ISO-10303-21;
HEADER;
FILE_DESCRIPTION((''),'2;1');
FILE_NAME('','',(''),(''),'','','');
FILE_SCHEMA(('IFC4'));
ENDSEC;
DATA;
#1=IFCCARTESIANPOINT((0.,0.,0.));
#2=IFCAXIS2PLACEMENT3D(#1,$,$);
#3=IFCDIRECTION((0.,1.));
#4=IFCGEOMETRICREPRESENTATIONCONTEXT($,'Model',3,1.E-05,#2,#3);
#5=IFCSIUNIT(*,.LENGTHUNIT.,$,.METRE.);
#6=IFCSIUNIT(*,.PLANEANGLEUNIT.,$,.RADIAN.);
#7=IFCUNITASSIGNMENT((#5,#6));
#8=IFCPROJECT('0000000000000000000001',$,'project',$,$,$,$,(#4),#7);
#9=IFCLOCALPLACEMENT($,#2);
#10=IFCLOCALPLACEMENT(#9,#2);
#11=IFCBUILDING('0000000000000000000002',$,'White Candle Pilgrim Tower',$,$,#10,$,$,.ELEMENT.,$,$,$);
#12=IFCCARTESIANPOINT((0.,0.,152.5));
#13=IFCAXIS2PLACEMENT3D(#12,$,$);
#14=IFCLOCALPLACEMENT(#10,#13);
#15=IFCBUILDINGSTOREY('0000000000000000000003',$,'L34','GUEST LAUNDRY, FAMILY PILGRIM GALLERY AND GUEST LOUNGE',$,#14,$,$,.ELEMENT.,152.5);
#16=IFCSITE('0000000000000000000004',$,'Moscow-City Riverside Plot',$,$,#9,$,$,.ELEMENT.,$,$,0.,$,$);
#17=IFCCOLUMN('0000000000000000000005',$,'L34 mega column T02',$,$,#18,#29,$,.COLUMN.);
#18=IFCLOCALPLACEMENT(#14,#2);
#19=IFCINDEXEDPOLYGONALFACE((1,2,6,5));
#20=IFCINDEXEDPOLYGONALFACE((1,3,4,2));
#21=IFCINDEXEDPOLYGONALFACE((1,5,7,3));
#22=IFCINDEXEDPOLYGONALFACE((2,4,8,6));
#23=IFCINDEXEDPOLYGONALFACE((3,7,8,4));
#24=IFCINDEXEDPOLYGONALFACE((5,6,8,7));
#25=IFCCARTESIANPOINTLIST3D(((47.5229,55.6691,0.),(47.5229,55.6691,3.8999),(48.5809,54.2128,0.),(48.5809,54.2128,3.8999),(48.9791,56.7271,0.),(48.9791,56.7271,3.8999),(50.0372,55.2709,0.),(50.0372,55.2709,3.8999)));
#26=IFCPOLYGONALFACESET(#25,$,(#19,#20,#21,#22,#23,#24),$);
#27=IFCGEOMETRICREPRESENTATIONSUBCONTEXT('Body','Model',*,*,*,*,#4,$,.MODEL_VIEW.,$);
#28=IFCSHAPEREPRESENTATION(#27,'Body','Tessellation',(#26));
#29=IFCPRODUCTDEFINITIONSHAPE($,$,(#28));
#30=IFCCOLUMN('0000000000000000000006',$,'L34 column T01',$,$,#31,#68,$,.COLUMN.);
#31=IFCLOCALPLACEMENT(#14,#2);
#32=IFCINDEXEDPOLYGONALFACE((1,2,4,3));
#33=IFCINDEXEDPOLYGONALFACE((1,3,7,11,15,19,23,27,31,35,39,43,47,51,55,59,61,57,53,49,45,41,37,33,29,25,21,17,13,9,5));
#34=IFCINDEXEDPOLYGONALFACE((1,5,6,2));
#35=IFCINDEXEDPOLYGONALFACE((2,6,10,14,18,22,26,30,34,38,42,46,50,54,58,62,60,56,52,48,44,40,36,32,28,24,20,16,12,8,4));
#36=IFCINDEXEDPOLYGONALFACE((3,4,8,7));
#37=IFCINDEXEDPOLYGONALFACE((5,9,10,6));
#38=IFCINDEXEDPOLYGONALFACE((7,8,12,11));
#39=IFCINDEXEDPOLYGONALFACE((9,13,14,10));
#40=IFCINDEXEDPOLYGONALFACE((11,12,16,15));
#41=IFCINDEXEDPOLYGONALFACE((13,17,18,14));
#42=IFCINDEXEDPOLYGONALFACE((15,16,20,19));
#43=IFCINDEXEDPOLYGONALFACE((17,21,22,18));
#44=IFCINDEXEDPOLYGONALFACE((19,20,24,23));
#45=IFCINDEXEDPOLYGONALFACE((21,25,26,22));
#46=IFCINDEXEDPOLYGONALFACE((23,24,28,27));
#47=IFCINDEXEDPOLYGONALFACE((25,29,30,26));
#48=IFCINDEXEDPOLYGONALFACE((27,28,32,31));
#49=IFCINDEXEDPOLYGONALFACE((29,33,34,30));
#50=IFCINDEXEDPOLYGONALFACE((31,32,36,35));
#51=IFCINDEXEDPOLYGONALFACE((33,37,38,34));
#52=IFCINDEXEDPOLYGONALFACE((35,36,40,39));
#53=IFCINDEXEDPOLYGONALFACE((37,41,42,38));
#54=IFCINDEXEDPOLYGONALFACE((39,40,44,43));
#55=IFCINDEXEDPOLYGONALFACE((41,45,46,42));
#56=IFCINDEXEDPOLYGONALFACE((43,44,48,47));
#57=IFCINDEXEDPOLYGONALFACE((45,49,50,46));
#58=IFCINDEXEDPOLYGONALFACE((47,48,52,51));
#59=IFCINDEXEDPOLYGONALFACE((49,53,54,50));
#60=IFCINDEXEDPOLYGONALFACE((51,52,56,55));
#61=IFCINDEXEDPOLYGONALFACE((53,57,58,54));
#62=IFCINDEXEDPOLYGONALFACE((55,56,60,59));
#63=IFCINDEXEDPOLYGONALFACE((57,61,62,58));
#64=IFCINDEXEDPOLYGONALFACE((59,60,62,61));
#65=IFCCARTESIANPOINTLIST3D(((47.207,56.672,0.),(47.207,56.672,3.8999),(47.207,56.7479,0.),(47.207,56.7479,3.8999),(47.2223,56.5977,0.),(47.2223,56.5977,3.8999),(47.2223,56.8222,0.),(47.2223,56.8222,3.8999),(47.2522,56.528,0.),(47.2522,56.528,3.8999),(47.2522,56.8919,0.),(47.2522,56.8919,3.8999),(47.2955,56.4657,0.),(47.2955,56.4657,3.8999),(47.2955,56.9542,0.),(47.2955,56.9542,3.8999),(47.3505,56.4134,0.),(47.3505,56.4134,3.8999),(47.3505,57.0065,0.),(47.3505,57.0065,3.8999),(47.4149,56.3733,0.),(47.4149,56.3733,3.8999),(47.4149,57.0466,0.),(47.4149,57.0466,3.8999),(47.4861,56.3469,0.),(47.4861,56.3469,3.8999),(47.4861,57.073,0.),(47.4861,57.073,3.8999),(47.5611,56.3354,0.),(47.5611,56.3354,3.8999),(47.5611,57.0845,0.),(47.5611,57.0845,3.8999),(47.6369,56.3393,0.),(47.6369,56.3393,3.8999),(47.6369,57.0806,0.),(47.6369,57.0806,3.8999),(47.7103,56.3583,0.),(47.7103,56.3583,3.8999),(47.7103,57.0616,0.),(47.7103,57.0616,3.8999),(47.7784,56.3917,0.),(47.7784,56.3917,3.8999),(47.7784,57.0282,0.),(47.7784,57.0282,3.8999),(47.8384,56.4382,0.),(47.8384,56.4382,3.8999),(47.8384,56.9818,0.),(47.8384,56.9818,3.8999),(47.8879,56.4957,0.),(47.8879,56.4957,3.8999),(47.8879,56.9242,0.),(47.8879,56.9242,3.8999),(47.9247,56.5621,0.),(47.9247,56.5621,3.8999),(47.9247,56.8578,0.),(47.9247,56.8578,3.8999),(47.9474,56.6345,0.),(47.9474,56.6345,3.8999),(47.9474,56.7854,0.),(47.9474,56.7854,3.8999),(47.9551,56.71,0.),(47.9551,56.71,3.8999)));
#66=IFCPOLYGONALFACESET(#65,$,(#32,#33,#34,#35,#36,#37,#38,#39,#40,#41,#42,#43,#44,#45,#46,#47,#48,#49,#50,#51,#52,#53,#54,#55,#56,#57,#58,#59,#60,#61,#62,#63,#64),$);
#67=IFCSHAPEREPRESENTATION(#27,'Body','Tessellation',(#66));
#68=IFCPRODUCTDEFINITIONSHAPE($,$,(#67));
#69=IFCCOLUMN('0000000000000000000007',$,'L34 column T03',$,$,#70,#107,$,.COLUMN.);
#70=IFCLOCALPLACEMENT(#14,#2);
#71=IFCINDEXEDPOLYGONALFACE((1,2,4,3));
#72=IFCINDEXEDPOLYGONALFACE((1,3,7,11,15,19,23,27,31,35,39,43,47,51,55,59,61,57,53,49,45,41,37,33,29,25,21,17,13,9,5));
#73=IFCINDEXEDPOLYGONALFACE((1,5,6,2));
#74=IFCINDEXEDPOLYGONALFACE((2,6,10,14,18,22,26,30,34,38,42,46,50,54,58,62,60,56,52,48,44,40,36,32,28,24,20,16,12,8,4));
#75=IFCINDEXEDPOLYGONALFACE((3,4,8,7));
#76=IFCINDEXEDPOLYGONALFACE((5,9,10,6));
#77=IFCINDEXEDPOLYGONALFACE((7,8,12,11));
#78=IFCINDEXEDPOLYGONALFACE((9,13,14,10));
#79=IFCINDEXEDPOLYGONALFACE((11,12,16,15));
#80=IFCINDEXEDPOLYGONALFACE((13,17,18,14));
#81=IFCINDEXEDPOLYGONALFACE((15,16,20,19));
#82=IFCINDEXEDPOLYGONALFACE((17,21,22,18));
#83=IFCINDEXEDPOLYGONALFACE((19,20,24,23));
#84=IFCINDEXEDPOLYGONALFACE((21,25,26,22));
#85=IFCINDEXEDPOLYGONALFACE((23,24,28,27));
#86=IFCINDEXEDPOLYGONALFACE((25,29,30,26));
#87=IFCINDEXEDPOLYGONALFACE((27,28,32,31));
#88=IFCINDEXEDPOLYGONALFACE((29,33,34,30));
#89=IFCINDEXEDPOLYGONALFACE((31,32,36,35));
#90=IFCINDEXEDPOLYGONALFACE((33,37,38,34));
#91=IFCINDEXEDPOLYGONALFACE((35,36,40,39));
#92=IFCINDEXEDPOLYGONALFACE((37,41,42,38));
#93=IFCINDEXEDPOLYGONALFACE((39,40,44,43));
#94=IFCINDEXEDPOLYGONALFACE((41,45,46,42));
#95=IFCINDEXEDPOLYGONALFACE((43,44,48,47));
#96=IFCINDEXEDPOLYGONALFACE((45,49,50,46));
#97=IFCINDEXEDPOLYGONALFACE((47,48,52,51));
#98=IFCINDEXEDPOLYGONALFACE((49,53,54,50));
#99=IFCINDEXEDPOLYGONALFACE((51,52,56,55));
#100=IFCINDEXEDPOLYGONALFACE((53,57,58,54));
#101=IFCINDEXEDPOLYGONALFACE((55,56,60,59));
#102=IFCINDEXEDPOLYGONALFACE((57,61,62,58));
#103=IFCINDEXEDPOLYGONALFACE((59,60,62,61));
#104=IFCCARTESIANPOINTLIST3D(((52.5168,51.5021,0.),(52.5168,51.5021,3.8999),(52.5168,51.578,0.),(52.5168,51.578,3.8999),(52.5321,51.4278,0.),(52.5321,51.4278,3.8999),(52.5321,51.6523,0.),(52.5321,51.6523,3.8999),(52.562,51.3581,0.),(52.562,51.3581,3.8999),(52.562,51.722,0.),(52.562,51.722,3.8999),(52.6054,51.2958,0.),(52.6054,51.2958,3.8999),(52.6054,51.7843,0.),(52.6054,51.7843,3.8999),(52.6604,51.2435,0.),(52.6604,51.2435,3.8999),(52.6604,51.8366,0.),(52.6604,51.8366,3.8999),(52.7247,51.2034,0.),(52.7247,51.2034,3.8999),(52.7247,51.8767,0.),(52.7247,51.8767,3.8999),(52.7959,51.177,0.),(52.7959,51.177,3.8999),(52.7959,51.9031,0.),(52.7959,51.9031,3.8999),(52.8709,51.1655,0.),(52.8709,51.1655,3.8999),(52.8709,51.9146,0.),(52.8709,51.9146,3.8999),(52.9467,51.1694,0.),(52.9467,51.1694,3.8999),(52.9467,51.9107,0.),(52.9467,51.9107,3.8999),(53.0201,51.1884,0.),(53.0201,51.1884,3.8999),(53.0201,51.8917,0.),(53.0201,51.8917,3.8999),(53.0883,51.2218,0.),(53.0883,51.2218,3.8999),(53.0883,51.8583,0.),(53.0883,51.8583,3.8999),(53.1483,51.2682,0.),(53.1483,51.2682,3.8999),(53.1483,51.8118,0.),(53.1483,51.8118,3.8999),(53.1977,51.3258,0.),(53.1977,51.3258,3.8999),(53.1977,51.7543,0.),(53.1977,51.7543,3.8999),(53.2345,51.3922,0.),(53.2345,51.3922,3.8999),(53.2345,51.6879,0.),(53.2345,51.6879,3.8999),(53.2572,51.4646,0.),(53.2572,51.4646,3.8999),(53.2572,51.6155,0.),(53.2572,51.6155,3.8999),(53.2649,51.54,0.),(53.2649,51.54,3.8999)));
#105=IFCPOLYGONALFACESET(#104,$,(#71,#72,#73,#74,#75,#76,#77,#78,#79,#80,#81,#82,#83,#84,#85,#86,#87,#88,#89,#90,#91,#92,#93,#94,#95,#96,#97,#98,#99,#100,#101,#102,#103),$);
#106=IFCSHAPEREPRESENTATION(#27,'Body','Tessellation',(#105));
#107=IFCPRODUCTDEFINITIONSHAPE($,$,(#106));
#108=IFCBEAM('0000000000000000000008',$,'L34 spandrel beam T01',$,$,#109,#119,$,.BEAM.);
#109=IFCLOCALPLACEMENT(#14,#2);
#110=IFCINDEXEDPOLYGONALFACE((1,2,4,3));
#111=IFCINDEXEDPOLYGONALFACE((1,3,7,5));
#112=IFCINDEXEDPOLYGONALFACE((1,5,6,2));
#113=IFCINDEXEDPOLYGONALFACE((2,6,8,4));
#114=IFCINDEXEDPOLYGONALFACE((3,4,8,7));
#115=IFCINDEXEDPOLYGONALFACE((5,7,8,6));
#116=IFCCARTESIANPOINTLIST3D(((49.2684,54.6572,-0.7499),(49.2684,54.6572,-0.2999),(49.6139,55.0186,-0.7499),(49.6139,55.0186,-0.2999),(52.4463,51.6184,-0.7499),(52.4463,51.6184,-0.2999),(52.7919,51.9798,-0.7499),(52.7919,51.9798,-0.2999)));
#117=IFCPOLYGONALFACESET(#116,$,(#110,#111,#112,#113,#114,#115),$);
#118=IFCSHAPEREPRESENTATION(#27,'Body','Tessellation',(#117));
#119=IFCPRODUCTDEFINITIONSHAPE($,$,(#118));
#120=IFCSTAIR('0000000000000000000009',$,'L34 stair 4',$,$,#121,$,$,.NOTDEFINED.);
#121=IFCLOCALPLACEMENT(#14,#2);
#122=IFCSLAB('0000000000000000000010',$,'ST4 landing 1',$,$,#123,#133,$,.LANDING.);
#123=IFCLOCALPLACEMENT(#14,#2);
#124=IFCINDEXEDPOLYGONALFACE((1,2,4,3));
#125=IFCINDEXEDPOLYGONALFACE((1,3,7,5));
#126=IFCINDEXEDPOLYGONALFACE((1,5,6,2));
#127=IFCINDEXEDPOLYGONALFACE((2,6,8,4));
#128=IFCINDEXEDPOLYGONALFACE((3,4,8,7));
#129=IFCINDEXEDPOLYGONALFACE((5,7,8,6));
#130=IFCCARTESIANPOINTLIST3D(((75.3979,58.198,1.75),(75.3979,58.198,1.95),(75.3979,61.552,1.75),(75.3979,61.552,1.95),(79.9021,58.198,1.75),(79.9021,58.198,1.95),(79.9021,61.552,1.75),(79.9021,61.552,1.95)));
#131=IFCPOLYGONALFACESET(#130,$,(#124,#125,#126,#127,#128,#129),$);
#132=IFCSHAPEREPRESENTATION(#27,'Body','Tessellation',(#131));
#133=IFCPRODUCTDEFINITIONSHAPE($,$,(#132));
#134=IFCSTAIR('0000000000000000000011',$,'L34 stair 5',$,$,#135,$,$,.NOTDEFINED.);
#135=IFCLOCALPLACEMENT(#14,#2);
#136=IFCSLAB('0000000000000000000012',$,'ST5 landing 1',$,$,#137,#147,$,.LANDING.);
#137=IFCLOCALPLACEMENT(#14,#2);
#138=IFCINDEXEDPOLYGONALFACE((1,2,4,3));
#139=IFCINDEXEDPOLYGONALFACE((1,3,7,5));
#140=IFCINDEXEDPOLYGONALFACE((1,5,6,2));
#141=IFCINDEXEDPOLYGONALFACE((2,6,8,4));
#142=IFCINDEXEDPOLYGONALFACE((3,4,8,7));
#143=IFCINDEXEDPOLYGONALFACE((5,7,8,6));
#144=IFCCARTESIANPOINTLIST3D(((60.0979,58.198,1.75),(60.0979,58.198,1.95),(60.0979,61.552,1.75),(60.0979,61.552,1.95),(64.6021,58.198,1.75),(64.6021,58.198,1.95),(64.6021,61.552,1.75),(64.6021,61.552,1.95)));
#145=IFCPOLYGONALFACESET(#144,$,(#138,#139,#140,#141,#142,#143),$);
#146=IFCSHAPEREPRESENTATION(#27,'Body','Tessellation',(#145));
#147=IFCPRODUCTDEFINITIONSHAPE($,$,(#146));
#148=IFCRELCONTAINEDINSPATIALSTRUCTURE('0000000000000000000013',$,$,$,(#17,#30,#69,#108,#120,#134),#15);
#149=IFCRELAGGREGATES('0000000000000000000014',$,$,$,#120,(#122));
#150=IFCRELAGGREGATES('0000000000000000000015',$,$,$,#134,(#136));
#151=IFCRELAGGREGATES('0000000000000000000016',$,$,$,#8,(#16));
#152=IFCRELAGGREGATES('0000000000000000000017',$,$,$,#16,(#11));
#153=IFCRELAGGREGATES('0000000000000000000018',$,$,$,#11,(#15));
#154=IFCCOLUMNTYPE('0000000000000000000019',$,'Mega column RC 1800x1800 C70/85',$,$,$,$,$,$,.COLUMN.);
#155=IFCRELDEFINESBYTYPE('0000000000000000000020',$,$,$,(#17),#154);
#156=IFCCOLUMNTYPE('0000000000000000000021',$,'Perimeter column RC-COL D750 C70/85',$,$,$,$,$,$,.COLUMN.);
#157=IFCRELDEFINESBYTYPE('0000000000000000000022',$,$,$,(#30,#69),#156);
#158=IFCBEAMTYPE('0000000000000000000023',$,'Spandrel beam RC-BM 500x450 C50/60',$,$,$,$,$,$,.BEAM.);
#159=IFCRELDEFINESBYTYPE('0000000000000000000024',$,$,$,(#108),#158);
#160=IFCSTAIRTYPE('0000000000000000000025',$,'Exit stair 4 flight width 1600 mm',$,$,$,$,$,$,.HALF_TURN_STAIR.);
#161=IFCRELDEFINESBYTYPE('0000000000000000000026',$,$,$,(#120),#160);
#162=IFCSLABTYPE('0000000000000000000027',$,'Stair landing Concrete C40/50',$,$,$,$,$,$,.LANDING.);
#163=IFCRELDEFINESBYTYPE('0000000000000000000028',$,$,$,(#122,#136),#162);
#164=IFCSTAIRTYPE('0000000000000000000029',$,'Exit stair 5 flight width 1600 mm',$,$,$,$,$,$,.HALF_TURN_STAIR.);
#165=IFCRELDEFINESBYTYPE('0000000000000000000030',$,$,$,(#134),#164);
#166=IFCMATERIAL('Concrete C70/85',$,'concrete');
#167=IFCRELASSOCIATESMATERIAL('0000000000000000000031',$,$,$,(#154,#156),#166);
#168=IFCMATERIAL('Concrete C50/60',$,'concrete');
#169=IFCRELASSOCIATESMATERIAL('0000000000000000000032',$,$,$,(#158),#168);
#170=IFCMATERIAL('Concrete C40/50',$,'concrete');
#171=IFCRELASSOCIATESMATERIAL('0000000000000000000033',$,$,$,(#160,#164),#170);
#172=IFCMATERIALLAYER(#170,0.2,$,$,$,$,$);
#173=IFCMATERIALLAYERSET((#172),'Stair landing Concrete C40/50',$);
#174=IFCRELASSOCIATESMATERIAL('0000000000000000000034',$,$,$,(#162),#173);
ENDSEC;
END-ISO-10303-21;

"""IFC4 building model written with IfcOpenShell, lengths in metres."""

from ifc_helpers import new_model, si_unit, direction, frame, origin, origin_2d, place, context, subcontext, project, spatial, polyline, rectangle, circle, outline, extrude, material, layer, layer_set, material_profile, profile_set, type_object, element, aggregate, save


model = new_model("IFC4")

# Units and contexts
model_context = context("Model", 3, precision=1e-05, world=origin(), true_north=direction((0.0, 1.0)))
body_context = subcontext(model_context, "Body", "Model", "MODEL_VIEW")
ifc_project = project(units=[si_unit("LENGTHUNIT", "METRE"), si_unit("PLANEANGLEUNIT", "RADIAN")], contexts=[model_context])

# Site, building, storey
site_placement = place(None, origin())
site = spatial("IfcSite", under=ifc_project, at=site_placement, Name="Moscow-City Riverside Plot", CompositionType="ELEMENT", RefElevation=0.0)
building_placement = place(site_placement, origin())
building = spatial("IfcBuilding", under=site, at=building_placement, Name="White Candle Pilgrim Tower", CompositionType="ELEMENT")
storey_placement = place(building_placement, frame((0.0, 0.0, 152.5)))
storey = spatial("IfcBuildingStorey", under=building, at=storey_placement, Name="L34", Description="GUEST LAUNDRY, FAMILY PILGRIM GALLERY AND GUEST LOUNGE", CompositionType="ELEMENT", Elevation=152.5)

# Columns
ifc_material_1 = material(Name="Concrete C70/85", Category="concrete")
ifc_material_profile_1 = material_profile(ifc_material_1, rectangle(XDim=1.8, YDim=1.8, at=origin_2d()), Name="RC 1800x1800")
ifc_profile_set_1 = profile_set([ifc_material_profile_1], Name="Concrete C70/85")
column_type_1 = type_object("IfcColumnType", Name="Mega column RC 1800x1800 C70/85", PredefinedType="COLUMN", material=ifc_profile_set_1)
column_placement = place(storey_placement, frame((48.78, 55.47, 0.0), z_axis=(0.0, 0.0, 1.0), x_axis=(-0.809017, -0.587785, 0.0)))
element("IfcColumn", 1, at=column_placement, inside=storey, type_object=column_type_1, Name="L34 mega column T02", PredefinedType="COLUMN", context=body_context, shape_type="SweptSolid", body=[
    extrude(rectangle(XDim=1.8, YDim=1.8, at=origin_2d()), origin(), (0.0, 0.0, 1.0), 3.8999),
])
ifc_material_profile_2 = material_profile(ifc_material_1, circle(Radius=0.375, at=origin_2d()), Name="RC-COL D750")
ifc_profile_set_2 = profile_set([ifc_material_profile_2], Name="Concrete C70/85")
column_type_2 = type_object("IfcColumnType", Name="Perimeter column RC-COL D750 C70/85", PredefinedType="COLUMN", material=ifc_profile_set_2)
for number, where, z_axis, x_axis, name in (
    (2, (47.5801, 56.71, 0.0), (0.0, 0.0, 1.0), (1.0, 0.0, 0.0), "L34 column T01"),
    (3, (52.8899, 51.54, 0.0), (0.0, 0.0, 1.0), (1.0, 0.0, 0.0), "L34 column T03"),
):
    element("IfcColumn", number, at=place(storey_placement, frame(where, z_axis=z_axis, x_axis=x_axis)), inside=storey, type_object=column_type_2, Name=name, PredefinedType="COLUMN", context=body_context, shape_type="SweptSolid", body=[
        extrude(circle(Radius=0.375, at=origin_2d()), origin(), (0.0, 0.0, 1.0), 3.8999),
    ])

# Beam
ifc_material_2 = material(Name="Concrete C50/60", Category="concrete")
ifc_material_profile_3 = material_profile(ifc_material_2, rectangle(XDim=0.5, YDim=0.45, at=origin_2d()), Name="RC-BM 500x450")
ifc_profile_set_3 = profile_set([ifc_material_profile_3], Name="Concrete C50/60")
beam_type = type_object("IfcBeamType", Name="Spandrel beam RC-BM 500x450 C50/60", PredefinedType="BEAM", material=ifc_profile_set_3)
beam_placement = place(storey_placement, frame((49.4412, 54.8379, -0.5249), z_axis=(0.722754, -0.691105, 0.0), x_axis=(0.691105, 0.722754, 0.0)))
element("IfcBeam", 4, at=beam_placement, inside=storey, type_object=beam_type, Name="L34 spandrel beam T01", PredefinedType="BEAM", context=body_context, shape_type="SweptSolid", body=[
    extrude(rectangle(XDim=0.5, YDim=0.45, at=origin_2d()), origin(), (0.0, 0.0, 1.0), 4.397),
])

# Stairs, slabs
ifc_material_3 = material(Name="Concrete C40/50", Category="concrete")
stair_type_1 = type_object("IfcStairType", Name="Exit stair 4 flight width 1600 mm", PredefinedType="HALF_TURN_STAIR", material=ifc_material_3)
stair_1_placement = place(storey_placement, origin())
stair_1 = element("IfcStair", 5, at=stair_1_placement, inside=storey, type_object=stair_type_1, Name="L34 stair 4", PredefinedType="NOTDEFINED")
ifc_layer_1 = layer(ifc_material_3, 0.2)
ifc_layer_set_1 = layer_set([ifc_layer_1], Name="Stair landing Concrete C40/50")
slab_type = type_object("IfcSlabType", Name="Stair landing Concrete C40/50", PredefinedType="LANDING", material=ifc_layer_set_1)
slab_1_placement = place(storey_placement, frame((0.0, 0.0, 1.75)))
slab_1 = element("IfcSlab", 6, at=slab_1_placement, type_object=slab_type, Name="ST4 landing 1", PredefinedType="LANDING", context=body_context, shape_type="SweptSolid", body=[
    extrude(outline(polyline([(79.9021, 61.552), (79.9021, 58.198), (75.3979, 58.198), (75.3979, 61.552), (79.9021, 61.552)])), origin(), (0.0, 0.0, 1.0), 0.2),
])
aggregate(stair_1, [slab_1])
stair_type_2 = type_object("IfcStairType", Name="Exit stair 5 flight width 1600 mm", PredefinedType="HALF_TURN_STAIR", material=ifc_material_3)
stair_2_placement = place(storey_placement, origin())
stair_2 = element("IfcStair", 7, at=stair_2_placement, inside=storey, type_object=stair_type_2, Name="L34 stair 5", PredefinedType="NOTDEFINED")
slab_2_placement = place(storey_placement, frame((0.0, 0.0, 1.75)))
slab_2 = element("IfcSlab", 8, at=slab_2_placement, type_object=slab_type, Name="ST5 landing 1", PredefinedType="LANDING", context=body_context, shape_type="SweptSolid", body=[
    extrude(outline(polyline([(60.0979, 58.198), (60.0979, 61.552), (64.6021, 61.552), (64.6021, 58.198), (60.0979, 58.198)])), origin(), (0.0, 0.0, 1.0), 0.2),
])
aggregate(stair_2, [slab_2])

save(model, "model.ifc")
